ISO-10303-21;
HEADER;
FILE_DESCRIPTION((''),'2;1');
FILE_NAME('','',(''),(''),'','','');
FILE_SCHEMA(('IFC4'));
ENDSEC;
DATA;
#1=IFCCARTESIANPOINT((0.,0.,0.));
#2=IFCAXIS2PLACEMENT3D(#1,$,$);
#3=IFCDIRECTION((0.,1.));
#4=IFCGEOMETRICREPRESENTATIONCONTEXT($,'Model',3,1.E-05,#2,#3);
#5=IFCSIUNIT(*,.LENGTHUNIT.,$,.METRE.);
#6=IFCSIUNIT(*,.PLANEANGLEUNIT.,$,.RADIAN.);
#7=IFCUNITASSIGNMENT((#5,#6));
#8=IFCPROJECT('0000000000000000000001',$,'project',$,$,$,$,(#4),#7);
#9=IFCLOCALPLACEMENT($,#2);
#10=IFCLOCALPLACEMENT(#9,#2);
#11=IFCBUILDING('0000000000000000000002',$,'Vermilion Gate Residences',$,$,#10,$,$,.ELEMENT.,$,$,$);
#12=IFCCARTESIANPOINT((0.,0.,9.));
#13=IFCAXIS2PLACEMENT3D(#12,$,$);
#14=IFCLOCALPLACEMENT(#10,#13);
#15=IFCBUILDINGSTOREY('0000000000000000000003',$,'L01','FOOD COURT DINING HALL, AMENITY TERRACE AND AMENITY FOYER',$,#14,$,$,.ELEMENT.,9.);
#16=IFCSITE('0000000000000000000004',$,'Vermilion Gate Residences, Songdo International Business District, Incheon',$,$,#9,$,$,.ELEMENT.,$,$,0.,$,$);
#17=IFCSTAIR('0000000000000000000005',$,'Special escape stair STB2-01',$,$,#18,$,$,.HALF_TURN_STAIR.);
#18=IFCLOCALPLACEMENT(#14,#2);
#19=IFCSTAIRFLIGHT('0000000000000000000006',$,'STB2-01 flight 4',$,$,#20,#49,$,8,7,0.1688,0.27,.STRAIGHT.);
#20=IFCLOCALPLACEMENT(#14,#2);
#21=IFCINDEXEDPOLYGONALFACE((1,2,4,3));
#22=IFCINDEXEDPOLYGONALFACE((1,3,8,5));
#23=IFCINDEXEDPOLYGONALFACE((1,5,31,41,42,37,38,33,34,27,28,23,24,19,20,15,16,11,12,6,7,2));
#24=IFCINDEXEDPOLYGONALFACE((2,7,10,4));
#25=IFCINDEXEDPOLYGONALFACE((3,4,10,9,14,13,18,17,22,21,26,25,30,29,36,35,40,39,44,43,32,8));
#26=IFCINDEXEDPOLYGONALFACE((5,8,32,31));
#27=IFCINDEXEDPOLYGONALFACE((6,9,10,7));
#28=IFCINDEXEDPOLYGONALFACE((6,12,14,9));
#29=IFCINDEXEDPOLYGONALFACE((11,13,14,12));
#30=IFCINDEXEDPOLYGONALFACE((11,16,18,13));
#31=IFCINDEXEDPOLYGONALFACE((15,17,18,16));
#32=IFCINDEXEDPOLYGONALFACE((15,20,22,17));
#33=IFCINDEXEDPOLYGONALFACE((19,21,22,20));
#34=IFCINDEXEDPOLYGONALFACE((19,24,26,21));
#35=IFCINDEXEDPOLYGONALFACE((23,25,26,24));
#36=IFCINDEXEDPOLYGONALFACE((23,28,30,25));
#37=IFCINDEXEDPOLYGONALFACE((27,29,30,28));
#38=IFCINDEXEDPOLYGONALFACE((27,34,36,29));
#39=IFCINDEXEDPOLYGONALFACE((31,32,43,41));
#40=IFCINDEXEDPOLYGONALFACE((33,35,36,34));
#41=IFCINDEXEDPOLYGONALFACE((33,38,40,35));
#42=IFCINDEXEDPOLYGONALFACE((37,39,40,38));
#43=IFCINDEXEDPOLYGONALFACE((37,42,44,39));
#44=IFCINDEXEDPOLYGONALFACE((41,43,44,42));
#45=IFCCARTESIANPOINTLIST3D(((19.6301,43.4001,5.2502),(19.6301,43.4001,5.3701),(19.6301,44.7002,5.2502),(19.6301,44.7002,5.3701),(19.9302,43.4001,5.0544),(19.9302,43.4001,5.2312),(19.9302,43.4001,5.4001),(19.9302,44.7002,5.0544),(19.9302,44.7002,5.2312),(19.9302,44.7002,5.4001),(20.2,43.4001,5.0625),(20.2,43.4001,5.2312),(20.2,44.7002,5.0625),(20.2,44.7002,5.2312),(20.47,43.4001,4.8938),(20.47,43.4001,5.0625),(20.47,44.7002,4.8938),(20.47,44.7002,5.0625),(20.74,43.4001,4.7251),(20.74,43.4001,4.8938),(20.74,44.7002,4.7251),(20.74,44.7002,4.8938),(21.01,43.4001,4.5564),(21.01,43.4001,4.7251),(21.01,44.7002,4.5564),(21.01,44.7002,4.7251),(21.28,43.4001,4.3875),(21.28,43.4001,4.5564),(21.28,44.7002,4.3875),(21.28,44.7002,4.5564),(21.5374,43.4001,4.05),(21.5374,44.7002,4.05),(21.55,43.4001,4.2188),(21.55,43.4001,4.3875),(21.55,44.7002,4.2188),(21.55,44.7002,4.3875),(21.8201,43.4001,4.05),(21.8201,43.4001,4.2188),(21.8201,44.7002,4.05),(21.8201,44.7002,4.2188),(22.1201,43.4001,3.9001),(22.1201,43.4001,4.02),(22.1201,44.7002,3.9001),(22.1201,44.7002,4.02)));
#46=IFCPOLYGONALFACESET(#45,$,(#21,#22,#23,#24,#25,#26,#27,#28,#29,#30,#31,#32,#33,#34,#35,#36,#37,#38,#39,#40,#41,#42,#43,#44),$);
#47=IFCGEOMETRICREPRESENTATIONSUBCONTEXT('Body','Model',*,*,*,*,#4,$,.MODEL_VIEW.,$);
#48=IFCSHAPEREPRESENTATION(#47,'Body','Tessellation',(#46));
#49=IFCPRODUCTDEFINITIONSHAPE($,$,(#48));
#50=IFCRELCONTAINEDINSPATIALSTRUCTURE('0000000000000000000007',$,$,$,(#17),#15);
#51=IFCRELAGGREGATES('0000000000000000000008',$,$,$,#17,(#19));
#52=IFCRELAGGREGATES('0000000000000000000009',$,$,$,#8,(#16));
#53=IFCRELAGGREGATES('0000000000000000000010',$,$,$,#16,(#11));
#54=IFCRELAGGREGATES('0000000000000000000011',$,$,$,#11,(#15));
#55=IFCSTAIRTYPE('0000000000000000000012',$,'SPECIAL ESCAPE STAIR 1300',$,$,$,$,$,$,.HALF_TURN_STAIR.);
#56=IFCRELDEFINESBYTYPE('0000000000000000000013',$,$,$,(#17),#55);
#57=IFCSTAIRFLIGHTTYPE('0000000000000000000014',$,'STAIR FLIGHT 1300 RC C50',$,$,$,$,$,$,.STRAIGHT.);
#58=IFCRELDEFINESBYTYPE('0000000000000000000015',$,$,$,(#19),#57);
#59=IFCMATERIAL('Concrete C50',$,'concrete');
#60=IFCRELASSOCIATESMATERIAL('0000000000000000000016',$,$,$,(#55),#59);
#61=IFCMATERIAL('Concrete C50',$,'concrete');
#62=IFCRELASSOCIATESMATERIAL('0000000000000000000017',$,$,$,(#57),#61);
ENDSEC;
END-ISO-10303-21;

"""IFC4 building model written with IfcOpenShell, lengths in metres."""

from ifc_helpers import new_model, si_unit, direction, frame, origin, place, context, subcontext, project, spatial, polyline, outline, extrude, material, type_object, element, aggregate, save


model = new_model("IFC4")

# Units and contexts
model_context = context("Model", 3, precision=1e-05, world=origin(), true_north=direction((0.0, 1.0)))
body_context = subcontext(model_context, "Body", "Model", "MODEL_VIEW")
ifc_project = project(units=[si_unit("LENGTHUNIT", "METRE"), si_unit("PLANEANGLEUNIT", "RADIAN")], contexts=[model_context])

# Site, building, storey
site_placement = place(None, origin())
site = spatial("IfcSite", under=ifc_project, at=site_placement, Name="Vermilion Gate Residences, Songdo International Business District, Incheon", CompositionType="ELEMENT", RefElevation=0.0)
building_placement = place(site_placement, origin())
building = spatial("IfcBuilding", under=site, at=building_placement, Name="Vermilion Gate Residences", CompositionType="ELEMENT")
storey_placement = place(building_placement, frame((0.0, 0.0, 9.0)))
storey = spatial("IfcBuildingStorey", under=building, at=storey_placement, Name="L01", Description="FOOD COURT DINING HALL, AMENITY TERRACE AND AMENITY FOYER", CompositionType="ELEMENT", Elevation=9.0)

# Stair, stair flight
ifc_material_1 = material(Name="Concrete C50", Category="concrete")
stair_type = type_object("IfcStairType", Name="SPECIAL ESCAPE STAIR 1300", PredefinedType="HALF_TURN_STAIR", material=ifc_material_1)
stair_placement = place(storey_placement, origin())
stair = element("IfcStair", 1, at=stair_placement, inside=storey, type_object=stair_type, Name="Special escape stair STB2-01", PredefinedType="HALF_TURN_STAIR")
ifc_material_2 = material(Name="Concrete C50", Category="concrete")
stair_flight_type = type_object("IfcStairFlightType", Name="STAIR FLIGHT 1300 RC C50", PredefinedType="STRAIGHT", material=ifc_material_2)
stair_flight_1_placement = place(storey_placement, frame((21.8201, 44.05, 4.05), z_axis=(0.0, 0.0, 1.0), x_axis=(-1.0, 0.0, 0.0)))
stair_flight_1 = element("IfcStairFlight", 2, at=stair_flight_1_placement, type_object=stair_flight_type, Name="STB2-01 flight 4", NumberOfRisers=8, NumberOfTreads=7, PredefinedType="STRAIGHT", RiserHeight=0.1688, TreadLength=0.27, context=body_context, shape_type="SweptSolid", body=[
    extrude(outline(polyline([(-0.3, -0.1499), (-0.3, -0.03), (0.0, 0.0), (0.0, 0.1687), (0.27, 0.1687), (0.27, 0.3374), (0.54, 0.3374), (0.54, 0.5063), (0.8101, 0.5063), (0.8101, 0.675), (1.0801, 0.675), (1.0801, 0.8438), (1.3501, 0.8438), (1.3501, 1.0125), (1.6201, 1.0125), (1.6201, 1.1812), (1.8899, 1.1812), (1.8899, 1.3501), (2.1899, 1.3201), (2.1899, 1.2002), (1.8899, 1.0044), (0.2827, 0.0), (-0.3, -0.1499)])), frame((0.0, 0.6499, 0.0), z_axis=(0.0, -1.0, 0.0), x_axis=(1.0, 0.0, 0.0)), (0.0, 0.0, 1.0), 1.3),
])
aggregate(stair, [stair_flight_1])

save(model, "model.ifc")
